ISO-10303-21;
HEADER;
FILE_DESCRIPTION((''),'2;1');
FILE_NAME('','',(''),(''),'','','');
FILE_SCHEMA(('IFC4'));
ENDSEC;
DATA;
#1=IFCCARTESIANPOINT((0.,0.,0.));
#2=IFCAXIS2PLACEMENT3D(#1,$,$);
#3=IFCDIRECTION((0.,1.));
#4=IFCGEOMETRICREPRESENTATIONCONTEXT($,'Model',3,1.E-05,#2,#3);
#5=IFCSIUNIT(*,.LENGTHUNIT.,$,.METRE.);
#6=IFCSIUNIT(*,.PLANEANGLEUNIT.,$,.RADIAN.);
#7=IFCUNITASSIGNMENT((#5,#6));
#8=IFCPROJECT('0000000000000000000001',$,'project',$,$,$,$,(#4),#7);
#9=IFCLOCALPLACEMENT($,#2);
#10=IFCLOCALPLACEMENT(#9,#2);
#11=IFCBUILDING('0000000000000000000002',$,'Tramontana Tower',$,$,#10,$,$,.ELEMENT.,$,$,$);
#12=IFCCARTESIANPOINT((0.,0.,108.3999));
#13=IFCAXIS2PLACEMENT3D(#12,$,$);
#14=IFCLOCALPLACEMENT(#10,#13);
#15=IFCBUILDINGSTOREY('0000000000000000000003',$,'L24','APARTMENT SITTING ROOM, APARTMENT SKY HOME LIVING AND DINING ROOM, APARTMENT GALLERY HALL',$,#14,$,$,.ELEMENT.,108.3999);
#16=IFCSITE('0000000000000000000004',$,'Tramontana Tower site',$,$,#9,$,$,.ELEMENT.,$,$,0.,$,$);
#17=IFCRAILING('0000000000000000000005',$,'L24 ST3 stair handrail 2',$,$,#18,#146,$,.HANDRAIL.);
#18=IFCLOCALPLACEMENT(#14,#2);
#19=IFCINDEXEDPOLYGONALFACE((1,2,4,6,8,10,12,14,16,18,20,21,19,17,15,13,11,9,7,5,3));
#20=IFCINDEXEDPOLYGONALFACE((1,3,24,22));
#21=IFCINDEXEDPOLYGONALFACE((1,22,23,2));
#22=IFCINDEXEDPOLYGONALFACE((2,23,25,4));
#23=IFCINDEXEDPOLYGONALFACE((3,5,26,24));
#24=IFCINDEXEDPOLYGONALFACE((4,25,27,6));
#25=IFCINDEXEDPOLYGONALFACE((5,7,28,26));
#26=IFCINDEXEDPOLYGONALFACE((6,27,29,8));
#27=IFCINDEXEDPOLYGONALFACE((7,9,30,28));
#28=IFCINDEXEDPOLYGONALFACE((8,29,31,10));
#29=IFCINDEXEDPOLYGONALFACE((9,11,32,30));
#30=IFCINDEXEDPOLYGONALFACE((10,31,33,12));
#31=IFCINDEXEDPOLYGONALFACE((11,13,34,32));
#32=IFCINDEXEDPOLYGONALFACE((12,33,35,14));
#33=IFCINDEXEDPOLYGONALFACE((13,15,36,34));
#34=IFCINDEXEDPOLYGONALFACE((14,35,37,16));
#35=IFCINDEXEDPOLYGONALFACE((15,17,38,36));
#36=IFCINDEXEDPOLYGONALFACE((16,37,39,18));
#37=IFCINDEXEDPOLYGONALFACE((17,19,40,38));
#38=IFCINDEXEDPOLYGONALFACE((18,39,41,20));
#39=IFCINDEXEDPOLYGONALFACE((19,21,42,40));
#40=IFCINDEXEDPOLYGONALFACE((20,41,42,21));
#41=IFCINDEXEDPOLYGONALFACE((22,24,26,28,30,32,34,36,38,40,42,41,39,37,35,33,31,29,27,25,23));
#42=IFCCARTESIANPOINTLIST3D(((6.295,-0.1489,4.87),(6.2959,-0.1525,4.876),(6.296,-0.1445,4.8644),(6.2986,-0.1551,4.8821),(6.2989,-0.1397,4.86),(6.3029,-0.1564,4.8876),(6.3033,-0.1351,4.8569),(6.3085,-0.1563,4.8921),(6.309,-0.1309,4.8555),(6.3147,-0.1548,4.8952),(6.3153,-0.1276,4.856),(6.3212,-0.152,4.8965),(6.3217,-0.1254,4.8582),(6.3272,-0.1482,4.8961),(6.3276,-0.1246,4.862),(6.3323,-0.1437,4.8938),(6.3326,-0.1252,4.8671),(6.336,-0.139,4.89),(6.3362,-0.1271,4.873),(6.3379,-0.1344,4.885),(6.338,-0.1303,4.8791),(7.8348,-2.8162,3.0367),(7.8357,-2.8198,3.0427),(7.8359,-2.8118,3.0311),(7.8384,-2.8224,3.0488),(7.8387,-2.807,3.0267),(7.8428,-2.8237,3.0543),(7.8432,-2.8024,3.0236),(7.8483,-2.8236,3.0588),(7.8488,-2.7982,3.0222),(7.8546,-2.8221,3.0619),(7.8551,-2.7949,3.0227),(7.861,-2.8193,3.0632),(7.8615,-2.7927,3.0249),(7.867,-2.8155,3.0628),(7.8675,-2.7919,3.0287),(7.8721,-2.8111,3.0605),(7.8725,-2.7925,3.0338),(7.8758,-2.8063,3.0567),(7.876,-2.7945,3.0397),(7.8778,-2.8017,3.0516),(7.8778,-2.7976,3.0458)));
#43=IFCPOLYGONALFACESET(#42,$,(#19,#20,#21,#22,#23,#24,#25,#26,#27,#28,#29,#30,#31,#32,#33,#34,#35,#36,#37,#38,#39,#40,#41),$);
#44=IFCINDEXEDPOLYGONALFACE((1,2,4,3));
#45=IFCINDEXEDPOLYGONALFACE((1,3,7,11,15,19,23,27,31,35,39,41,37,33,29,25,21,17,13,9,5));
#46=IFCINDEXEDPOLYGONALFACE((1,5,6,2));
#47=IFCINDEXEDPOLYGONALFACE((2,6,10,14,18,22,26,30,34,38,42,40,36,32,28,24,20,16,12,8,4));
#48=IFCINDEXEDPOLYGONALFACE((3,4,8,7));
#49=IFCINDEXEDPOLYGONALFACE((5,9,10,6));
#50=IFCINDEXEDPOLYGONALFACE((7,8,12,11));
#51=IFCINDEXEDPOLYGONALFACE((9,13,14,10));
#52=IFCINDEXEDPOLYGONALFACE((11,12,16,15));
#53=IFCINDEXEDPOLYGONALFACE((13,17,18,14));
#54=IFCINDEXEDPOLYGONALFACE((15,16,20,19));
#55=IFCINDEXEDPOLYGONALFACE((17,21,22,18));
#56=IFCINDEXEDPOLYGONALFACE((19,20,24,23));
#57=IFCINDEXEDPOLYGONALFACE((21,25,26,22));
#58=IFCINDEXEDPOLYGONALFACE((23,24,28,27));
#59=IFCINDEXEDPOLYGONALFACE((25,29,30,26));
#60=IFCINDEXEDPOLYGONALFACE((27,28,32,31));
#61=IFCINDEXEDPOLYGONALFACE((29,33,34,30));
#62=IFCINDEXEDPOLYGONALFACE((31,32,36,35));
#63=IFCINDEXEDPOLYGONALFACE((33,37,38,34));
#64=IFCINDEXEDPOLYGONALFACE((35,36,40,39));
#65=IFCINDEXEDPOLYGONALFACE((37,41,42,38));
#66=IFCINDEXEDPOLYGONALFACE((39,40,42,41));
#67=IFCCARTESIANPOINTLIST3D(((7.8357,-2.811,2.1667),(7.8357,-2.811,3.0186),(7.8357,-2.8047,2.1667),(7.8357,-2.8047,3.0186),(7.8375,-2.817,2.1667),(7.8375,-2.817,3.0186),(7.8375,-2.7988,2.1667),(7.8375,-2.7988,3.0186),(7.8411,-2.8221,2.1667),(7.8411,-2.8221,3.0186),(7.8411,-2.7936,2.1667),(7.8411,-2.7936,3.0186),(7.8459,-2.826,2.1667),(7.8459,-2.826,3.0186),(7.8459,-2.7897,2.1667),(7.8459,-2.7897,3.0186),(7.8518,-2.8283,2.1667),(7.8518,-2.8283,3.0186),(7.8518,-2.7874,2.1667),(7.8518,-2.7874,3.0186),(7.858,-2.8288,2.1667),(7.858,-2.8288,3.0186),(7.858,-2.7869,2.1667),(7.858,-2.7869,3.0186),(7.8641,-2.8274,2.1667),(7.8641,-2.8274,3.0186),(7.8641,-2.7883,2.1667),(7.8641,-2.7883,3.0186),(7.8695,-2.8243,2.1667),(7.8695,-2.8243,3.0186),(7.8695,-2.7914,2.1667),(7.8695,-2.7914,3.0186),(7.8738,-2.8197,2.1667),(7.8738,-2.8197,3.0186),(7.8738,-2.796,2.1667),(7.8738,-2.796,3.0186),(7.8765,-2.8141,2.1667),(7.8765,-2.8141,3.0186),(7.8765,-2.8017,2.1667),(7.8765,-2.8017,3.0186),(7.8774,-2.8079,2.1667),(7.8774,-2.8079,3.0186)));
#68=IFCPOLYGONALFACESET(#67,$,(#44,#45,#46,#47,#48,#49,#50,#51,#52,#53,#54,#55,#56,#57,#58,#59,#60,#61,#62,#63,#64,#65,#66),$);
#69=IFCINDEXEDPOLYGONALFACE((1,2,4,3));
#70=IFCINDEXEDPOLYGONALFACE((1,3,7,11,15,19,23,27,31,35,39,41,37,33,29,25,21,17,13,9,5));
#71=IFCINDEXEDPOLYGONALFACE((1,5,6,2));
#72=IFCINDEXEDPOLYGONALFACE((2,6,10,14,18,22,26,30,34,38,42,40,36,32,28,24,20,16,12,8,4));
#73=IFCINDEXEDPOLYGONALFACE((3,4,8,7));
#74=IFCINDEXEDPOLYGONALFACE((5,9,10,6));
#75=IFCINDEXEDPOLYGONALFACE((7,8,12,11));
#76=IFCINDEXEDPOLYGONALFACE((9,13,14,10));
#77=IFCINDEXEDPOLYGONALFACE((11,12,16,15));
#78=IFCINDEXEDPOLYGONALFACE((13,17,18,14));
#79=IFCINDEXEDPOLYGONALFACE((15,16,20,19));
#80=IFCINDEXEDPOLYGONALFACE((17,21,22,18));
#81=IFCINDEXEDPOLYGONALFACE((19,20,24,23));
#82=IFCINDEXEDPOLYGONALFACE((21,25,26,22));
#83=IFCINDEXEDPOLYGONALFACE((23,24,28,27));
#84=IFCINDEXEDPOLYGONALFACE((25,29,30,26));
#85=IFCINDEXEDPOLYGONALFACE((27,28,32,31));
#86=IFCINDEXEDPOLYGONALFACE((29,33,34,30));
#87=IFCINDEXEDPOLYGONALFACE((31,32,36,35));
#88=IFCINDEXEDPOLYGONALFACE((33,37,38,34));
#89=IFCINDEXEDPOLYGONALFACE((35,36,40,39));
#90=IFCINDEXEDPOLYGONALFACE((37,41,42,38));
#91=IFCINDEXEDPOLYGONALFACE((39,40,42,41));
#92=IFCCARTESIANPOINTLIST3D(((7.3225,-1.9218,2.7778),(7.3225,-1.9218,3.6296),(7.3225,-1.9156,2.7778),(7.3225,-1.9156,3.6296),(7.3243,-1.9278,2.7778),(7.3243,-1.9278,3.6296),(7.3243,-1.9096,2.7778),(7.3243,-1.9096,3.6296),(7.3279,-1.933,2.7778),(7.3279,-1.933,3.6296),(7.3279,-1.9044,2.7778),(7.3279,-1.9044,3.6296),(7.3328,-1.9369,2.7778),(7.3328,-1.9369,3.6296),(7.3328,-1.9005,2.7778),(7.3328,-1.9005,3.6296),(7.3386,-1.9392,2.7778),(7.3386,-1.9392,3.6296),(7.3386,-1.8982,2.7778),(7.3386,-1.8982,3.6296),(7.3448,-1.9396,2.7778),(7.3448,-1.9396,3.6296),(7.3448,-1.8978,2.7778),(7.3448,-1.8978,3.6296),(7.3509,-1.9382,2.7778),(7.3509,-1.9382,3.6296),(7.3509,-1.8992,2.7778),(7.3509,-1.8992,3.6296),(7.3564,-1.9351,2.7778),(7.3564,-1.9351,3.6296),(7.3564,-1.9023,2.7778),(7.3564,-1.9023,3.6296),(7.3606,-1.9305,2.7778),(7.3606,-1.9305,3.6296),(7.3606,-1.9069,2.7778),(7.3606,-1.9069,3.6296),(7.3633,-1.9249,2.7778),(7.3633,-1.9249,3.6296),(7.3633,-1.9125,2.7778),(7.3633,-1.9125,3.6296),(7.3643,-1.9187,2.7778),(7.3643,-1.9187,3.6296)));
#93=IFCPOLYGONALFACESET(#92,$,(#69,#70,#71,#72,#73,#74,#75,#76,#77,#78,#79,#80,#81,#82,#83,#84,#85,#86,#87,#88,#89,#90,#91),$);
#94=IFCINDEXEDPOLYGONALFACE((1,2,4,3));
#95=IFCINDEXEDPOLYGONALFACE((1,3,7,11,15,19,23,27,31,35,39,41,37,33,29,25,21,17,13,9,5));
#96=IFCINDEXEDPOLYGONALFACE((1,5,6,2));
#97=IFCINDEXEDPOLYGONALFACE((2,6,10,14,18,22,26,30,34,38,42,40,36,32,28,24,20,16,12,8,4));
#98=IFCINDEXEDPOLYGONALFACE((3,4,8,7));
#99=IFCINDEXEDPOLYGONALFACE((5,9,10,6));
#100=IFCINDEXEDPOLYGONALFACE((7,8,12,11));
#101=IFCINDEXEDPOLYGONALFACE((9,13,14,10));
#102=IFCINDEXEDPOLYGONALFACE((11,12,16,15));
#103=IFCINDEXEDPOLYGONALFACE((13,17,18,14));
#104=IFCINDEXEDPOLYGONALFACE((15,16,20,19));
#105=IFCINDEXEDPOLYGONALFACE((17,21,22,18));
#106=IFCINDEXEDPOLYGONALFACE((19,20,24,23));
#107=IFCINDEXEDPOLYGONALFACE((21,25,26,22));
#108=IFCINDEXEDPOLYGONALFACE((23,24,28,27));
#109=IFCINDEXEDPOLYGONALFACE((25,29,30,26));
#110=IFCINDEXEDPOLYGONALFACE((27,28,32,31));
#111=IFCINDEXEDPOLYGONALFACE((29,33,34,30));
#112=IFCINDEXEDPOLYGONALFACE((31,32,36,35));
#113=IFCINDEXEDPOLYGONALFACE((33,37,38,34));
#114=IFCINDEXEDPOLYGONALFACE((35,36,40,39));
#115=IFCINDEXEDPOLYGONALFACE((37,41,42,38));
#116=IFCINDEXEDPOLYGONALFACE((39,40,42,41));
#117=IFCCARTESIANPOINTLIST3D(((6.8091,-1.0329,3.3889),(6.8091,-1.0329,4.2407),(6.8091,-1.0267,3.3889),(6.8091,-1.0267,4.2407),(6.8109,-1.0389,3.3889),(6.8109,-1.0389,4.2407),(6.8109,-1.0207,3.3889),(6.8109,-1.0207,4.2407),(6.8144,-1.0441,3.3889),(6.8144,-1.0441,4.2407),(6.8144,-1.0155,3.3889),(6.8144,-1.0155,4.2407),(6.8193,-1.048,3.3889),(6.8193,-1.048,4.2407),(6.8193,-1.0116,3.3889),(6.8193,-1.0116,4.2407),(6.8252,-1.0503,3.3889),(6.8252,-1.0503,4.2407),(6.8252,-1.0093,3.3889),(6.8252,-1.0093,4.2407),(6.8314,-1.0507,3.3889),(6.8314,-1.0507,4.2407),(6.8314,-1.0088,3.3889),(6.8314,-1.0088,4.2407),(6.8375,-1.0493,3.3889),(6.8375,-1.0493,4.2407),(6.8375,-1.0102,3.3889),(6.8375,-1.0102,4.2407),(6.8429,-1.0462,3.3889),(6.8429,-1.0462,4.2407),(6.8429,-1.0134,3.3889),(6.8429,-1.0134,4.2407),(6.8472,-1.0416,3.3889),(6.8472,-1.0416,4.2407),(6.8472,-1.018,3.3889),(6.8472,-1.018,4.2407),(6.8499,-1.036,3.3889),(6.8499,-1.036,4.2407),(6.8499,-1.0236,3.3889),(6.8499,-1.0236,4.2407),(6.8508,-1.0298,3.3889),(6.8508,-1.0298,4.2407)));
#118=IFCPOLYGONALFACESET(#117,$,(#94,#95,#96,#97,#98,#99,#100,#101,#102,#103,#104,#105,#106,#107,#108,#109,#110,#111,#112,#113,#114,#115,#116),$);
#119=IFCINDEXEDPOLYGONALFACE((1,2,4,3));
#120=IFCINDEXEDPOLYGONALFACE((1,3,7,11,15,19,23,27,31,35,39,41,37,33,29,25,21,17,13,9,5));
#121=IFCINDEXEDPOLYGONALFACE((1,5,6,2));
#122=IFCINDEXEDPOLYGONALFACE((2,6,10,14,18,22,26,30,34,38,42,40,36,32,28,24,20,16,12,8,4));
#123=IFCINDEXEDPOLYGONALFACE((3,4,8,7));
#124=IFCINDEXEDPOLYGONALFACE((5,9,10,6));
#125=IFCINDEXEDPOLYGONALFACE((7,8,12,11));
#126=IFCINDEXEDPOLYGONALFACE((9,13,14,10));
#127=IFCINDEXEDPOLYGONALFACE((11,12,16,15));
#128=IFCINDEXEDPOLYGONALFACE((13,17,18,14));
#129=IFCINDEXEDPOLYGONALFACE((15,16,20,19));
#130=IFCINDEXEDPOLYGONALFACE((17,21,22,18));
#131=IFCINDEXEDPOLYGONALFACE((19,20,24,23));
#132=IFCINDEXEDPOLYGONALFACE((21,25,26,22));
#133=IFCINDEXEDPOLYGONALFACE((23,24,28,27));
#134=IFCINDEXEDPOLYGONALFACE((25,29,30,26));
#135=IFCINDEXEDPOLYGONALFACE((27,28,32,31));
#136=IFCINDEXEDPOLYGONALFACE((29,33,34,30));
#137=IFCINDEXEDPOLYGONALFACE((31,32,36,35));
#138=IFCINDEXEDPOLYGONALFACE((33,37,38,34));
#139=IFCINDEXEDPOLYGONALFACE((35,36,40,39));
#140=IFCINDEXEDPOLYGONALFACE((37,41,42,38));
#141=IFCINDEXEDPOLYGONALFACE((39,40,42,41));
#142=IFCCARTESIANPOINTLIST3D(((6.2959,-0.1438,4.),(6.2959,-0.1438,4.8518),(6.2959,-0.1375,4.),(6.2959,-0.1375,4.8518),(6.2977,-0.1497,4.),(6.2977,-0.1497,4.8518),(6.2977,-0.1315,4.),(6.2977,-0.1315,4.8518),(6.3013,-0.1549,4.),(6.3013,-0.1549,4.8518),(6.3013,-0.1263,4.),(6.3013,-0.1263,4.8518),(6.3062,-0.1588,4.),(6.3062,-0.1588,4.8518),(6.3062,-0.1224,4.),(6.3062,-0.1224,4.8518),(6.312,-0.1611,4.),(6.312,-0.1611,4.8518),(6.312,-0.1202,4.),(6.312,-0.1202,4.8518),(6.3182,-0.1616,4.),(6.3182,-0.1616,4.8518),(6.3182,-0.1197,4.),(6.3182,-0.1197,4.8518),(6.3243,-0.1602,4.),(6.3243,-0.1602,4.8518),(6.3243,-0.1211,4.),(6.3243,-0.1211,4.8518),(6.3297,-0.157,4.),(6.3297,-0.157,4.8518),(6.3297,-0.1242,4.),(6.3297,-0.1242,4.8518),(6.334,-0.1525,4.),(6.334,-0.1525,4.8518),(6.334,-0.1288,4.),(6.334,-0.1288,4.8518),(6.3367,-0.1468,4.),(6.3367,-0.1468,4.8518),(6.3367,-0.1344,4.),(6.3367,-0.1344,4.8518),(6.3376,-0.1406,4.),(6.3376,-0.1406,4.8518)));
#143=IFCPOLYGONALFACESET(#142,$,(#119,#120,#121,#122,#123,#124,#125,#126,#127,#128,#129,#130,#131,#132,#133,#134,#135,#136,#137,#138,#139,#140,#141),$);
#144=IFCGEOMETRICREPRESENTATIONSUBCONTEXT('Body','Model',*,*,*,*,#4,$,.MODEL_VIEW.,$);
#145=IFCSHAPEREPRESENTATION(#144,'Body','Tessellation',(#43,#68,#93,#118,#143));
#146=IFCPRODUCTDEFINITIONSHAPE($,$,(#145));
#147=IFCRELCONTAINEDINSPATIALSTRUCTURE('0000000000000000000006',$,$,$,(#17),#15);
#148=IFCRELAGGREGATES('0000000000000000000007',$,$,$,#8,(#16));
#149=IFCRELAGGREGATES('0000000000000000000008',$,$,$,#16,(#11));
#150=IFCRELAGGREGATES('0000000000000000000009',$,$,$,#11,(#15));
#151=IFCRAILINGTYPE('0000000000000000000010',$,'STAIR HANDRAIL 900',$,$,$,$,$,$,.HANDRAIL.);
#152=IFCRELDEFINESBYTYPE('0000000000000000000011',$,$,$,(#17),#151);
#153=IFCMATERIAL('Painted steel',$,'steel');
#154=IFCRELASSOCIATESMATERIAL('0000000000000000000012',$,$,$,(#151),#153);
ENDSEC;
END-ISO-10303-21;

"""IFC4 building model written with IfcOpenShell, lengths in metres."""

from ifc_helpers import new_model, si_unit, direction, frame, origin, origin_2d, place, context, subcontext, project, spatial, circle, extrude, material, type_object, element, save


model = new_model("IFC4")

# Units and contexts
model_context = context("Model", 3, precision=1e-05, world=origin(), true_north=direction((0.0, 1.0)))
body_context = subcontext(model_context, "Body", "Model", "MODEL_VIEW")
ifc_project = project(units=[si_unit("LENGTHUNIT", "METRE"), si_unit("PLANEANGLEUNIT", "RADIAN")], contexts=[model_context])

# Site, building, storey
site_placement = place(None, origin())
site = spatial("IfcSite", under=ifc_project, at=site_placement, Name="Tramontana Tower site", CompositionType="ELEMENT", RefElevation=0.0)
building_placement = place(site_placement, origin())
building = spatial("IfcBuilding", under=site, at=building_placement, Name="Tramontana Tower", CompositionType="ELEMENT")
storey_placement = place(building_placement, frame((0.0, 0.0, 108.3999)))
storey = spatial("IfcBuildingStorey", under=building, at=storey_placement, Name="L24", Description="APARTMENT SITTING ROOM, APARTMENT SKY HOME LIVING AND DINING ROOM, APARTMENT GALLERY HALL", CompositionType="ELEMENT", Elevation=108.3999)

# Railing
ifc_material_1 = material(Name="Painted steel", Category="steel")
railing_type_1 = type_object("IfcRailingType", Name="STAIR HANDRAIL 900", PredefinedType="HANDRAIL", material=ifc_material_1)
railing_1_placement = place(storey_placement, frame((7.8564, -2.8079, 2.1667)))
element("IfcRailing", 1, at=railing_1_placement, inside=storey, type_object=railing_type_1, Name="L24 ST3 stair handrail 2", PredefinedType="HANDRAIL", context=body_context, shape_type="SweptSolid", body=[
    extrude(circle(Radius=0.0239, at=origin_2d()), frame((0.0, 0.0, 0.876), z_axis=(-0.429616, 0.744181, 0.511493), x_axis=(-0.866044, -0.499967, 0.0)), (0.0, 0.0, 1.0), 3.5842),
    extrude(circle(Radius=0.021, at=origin_2d()), origin(), (0.0, 0.0, 1.0), 0.8518),
    extrude(circle(Radius=0.021, at=origin_2d()), frame((-0.5132, 0.8892, 0.6111)), (0.0, 0.0, 1.0), 0.8518),
    extrude(circle(Radius=0.021, at=origin_2d()), frame((-1.0266, 1.7781, 1.2222)), (0.0, 0.0, 1.0), 0.8518),
    extrude(circle(Radius=0.021, at=origin_2d()), frame((-1.5398, 2.6672, 1.8333)), (0.0, 0.0, 1.0), 0.8518),
])

save(model, "model.ifc")
